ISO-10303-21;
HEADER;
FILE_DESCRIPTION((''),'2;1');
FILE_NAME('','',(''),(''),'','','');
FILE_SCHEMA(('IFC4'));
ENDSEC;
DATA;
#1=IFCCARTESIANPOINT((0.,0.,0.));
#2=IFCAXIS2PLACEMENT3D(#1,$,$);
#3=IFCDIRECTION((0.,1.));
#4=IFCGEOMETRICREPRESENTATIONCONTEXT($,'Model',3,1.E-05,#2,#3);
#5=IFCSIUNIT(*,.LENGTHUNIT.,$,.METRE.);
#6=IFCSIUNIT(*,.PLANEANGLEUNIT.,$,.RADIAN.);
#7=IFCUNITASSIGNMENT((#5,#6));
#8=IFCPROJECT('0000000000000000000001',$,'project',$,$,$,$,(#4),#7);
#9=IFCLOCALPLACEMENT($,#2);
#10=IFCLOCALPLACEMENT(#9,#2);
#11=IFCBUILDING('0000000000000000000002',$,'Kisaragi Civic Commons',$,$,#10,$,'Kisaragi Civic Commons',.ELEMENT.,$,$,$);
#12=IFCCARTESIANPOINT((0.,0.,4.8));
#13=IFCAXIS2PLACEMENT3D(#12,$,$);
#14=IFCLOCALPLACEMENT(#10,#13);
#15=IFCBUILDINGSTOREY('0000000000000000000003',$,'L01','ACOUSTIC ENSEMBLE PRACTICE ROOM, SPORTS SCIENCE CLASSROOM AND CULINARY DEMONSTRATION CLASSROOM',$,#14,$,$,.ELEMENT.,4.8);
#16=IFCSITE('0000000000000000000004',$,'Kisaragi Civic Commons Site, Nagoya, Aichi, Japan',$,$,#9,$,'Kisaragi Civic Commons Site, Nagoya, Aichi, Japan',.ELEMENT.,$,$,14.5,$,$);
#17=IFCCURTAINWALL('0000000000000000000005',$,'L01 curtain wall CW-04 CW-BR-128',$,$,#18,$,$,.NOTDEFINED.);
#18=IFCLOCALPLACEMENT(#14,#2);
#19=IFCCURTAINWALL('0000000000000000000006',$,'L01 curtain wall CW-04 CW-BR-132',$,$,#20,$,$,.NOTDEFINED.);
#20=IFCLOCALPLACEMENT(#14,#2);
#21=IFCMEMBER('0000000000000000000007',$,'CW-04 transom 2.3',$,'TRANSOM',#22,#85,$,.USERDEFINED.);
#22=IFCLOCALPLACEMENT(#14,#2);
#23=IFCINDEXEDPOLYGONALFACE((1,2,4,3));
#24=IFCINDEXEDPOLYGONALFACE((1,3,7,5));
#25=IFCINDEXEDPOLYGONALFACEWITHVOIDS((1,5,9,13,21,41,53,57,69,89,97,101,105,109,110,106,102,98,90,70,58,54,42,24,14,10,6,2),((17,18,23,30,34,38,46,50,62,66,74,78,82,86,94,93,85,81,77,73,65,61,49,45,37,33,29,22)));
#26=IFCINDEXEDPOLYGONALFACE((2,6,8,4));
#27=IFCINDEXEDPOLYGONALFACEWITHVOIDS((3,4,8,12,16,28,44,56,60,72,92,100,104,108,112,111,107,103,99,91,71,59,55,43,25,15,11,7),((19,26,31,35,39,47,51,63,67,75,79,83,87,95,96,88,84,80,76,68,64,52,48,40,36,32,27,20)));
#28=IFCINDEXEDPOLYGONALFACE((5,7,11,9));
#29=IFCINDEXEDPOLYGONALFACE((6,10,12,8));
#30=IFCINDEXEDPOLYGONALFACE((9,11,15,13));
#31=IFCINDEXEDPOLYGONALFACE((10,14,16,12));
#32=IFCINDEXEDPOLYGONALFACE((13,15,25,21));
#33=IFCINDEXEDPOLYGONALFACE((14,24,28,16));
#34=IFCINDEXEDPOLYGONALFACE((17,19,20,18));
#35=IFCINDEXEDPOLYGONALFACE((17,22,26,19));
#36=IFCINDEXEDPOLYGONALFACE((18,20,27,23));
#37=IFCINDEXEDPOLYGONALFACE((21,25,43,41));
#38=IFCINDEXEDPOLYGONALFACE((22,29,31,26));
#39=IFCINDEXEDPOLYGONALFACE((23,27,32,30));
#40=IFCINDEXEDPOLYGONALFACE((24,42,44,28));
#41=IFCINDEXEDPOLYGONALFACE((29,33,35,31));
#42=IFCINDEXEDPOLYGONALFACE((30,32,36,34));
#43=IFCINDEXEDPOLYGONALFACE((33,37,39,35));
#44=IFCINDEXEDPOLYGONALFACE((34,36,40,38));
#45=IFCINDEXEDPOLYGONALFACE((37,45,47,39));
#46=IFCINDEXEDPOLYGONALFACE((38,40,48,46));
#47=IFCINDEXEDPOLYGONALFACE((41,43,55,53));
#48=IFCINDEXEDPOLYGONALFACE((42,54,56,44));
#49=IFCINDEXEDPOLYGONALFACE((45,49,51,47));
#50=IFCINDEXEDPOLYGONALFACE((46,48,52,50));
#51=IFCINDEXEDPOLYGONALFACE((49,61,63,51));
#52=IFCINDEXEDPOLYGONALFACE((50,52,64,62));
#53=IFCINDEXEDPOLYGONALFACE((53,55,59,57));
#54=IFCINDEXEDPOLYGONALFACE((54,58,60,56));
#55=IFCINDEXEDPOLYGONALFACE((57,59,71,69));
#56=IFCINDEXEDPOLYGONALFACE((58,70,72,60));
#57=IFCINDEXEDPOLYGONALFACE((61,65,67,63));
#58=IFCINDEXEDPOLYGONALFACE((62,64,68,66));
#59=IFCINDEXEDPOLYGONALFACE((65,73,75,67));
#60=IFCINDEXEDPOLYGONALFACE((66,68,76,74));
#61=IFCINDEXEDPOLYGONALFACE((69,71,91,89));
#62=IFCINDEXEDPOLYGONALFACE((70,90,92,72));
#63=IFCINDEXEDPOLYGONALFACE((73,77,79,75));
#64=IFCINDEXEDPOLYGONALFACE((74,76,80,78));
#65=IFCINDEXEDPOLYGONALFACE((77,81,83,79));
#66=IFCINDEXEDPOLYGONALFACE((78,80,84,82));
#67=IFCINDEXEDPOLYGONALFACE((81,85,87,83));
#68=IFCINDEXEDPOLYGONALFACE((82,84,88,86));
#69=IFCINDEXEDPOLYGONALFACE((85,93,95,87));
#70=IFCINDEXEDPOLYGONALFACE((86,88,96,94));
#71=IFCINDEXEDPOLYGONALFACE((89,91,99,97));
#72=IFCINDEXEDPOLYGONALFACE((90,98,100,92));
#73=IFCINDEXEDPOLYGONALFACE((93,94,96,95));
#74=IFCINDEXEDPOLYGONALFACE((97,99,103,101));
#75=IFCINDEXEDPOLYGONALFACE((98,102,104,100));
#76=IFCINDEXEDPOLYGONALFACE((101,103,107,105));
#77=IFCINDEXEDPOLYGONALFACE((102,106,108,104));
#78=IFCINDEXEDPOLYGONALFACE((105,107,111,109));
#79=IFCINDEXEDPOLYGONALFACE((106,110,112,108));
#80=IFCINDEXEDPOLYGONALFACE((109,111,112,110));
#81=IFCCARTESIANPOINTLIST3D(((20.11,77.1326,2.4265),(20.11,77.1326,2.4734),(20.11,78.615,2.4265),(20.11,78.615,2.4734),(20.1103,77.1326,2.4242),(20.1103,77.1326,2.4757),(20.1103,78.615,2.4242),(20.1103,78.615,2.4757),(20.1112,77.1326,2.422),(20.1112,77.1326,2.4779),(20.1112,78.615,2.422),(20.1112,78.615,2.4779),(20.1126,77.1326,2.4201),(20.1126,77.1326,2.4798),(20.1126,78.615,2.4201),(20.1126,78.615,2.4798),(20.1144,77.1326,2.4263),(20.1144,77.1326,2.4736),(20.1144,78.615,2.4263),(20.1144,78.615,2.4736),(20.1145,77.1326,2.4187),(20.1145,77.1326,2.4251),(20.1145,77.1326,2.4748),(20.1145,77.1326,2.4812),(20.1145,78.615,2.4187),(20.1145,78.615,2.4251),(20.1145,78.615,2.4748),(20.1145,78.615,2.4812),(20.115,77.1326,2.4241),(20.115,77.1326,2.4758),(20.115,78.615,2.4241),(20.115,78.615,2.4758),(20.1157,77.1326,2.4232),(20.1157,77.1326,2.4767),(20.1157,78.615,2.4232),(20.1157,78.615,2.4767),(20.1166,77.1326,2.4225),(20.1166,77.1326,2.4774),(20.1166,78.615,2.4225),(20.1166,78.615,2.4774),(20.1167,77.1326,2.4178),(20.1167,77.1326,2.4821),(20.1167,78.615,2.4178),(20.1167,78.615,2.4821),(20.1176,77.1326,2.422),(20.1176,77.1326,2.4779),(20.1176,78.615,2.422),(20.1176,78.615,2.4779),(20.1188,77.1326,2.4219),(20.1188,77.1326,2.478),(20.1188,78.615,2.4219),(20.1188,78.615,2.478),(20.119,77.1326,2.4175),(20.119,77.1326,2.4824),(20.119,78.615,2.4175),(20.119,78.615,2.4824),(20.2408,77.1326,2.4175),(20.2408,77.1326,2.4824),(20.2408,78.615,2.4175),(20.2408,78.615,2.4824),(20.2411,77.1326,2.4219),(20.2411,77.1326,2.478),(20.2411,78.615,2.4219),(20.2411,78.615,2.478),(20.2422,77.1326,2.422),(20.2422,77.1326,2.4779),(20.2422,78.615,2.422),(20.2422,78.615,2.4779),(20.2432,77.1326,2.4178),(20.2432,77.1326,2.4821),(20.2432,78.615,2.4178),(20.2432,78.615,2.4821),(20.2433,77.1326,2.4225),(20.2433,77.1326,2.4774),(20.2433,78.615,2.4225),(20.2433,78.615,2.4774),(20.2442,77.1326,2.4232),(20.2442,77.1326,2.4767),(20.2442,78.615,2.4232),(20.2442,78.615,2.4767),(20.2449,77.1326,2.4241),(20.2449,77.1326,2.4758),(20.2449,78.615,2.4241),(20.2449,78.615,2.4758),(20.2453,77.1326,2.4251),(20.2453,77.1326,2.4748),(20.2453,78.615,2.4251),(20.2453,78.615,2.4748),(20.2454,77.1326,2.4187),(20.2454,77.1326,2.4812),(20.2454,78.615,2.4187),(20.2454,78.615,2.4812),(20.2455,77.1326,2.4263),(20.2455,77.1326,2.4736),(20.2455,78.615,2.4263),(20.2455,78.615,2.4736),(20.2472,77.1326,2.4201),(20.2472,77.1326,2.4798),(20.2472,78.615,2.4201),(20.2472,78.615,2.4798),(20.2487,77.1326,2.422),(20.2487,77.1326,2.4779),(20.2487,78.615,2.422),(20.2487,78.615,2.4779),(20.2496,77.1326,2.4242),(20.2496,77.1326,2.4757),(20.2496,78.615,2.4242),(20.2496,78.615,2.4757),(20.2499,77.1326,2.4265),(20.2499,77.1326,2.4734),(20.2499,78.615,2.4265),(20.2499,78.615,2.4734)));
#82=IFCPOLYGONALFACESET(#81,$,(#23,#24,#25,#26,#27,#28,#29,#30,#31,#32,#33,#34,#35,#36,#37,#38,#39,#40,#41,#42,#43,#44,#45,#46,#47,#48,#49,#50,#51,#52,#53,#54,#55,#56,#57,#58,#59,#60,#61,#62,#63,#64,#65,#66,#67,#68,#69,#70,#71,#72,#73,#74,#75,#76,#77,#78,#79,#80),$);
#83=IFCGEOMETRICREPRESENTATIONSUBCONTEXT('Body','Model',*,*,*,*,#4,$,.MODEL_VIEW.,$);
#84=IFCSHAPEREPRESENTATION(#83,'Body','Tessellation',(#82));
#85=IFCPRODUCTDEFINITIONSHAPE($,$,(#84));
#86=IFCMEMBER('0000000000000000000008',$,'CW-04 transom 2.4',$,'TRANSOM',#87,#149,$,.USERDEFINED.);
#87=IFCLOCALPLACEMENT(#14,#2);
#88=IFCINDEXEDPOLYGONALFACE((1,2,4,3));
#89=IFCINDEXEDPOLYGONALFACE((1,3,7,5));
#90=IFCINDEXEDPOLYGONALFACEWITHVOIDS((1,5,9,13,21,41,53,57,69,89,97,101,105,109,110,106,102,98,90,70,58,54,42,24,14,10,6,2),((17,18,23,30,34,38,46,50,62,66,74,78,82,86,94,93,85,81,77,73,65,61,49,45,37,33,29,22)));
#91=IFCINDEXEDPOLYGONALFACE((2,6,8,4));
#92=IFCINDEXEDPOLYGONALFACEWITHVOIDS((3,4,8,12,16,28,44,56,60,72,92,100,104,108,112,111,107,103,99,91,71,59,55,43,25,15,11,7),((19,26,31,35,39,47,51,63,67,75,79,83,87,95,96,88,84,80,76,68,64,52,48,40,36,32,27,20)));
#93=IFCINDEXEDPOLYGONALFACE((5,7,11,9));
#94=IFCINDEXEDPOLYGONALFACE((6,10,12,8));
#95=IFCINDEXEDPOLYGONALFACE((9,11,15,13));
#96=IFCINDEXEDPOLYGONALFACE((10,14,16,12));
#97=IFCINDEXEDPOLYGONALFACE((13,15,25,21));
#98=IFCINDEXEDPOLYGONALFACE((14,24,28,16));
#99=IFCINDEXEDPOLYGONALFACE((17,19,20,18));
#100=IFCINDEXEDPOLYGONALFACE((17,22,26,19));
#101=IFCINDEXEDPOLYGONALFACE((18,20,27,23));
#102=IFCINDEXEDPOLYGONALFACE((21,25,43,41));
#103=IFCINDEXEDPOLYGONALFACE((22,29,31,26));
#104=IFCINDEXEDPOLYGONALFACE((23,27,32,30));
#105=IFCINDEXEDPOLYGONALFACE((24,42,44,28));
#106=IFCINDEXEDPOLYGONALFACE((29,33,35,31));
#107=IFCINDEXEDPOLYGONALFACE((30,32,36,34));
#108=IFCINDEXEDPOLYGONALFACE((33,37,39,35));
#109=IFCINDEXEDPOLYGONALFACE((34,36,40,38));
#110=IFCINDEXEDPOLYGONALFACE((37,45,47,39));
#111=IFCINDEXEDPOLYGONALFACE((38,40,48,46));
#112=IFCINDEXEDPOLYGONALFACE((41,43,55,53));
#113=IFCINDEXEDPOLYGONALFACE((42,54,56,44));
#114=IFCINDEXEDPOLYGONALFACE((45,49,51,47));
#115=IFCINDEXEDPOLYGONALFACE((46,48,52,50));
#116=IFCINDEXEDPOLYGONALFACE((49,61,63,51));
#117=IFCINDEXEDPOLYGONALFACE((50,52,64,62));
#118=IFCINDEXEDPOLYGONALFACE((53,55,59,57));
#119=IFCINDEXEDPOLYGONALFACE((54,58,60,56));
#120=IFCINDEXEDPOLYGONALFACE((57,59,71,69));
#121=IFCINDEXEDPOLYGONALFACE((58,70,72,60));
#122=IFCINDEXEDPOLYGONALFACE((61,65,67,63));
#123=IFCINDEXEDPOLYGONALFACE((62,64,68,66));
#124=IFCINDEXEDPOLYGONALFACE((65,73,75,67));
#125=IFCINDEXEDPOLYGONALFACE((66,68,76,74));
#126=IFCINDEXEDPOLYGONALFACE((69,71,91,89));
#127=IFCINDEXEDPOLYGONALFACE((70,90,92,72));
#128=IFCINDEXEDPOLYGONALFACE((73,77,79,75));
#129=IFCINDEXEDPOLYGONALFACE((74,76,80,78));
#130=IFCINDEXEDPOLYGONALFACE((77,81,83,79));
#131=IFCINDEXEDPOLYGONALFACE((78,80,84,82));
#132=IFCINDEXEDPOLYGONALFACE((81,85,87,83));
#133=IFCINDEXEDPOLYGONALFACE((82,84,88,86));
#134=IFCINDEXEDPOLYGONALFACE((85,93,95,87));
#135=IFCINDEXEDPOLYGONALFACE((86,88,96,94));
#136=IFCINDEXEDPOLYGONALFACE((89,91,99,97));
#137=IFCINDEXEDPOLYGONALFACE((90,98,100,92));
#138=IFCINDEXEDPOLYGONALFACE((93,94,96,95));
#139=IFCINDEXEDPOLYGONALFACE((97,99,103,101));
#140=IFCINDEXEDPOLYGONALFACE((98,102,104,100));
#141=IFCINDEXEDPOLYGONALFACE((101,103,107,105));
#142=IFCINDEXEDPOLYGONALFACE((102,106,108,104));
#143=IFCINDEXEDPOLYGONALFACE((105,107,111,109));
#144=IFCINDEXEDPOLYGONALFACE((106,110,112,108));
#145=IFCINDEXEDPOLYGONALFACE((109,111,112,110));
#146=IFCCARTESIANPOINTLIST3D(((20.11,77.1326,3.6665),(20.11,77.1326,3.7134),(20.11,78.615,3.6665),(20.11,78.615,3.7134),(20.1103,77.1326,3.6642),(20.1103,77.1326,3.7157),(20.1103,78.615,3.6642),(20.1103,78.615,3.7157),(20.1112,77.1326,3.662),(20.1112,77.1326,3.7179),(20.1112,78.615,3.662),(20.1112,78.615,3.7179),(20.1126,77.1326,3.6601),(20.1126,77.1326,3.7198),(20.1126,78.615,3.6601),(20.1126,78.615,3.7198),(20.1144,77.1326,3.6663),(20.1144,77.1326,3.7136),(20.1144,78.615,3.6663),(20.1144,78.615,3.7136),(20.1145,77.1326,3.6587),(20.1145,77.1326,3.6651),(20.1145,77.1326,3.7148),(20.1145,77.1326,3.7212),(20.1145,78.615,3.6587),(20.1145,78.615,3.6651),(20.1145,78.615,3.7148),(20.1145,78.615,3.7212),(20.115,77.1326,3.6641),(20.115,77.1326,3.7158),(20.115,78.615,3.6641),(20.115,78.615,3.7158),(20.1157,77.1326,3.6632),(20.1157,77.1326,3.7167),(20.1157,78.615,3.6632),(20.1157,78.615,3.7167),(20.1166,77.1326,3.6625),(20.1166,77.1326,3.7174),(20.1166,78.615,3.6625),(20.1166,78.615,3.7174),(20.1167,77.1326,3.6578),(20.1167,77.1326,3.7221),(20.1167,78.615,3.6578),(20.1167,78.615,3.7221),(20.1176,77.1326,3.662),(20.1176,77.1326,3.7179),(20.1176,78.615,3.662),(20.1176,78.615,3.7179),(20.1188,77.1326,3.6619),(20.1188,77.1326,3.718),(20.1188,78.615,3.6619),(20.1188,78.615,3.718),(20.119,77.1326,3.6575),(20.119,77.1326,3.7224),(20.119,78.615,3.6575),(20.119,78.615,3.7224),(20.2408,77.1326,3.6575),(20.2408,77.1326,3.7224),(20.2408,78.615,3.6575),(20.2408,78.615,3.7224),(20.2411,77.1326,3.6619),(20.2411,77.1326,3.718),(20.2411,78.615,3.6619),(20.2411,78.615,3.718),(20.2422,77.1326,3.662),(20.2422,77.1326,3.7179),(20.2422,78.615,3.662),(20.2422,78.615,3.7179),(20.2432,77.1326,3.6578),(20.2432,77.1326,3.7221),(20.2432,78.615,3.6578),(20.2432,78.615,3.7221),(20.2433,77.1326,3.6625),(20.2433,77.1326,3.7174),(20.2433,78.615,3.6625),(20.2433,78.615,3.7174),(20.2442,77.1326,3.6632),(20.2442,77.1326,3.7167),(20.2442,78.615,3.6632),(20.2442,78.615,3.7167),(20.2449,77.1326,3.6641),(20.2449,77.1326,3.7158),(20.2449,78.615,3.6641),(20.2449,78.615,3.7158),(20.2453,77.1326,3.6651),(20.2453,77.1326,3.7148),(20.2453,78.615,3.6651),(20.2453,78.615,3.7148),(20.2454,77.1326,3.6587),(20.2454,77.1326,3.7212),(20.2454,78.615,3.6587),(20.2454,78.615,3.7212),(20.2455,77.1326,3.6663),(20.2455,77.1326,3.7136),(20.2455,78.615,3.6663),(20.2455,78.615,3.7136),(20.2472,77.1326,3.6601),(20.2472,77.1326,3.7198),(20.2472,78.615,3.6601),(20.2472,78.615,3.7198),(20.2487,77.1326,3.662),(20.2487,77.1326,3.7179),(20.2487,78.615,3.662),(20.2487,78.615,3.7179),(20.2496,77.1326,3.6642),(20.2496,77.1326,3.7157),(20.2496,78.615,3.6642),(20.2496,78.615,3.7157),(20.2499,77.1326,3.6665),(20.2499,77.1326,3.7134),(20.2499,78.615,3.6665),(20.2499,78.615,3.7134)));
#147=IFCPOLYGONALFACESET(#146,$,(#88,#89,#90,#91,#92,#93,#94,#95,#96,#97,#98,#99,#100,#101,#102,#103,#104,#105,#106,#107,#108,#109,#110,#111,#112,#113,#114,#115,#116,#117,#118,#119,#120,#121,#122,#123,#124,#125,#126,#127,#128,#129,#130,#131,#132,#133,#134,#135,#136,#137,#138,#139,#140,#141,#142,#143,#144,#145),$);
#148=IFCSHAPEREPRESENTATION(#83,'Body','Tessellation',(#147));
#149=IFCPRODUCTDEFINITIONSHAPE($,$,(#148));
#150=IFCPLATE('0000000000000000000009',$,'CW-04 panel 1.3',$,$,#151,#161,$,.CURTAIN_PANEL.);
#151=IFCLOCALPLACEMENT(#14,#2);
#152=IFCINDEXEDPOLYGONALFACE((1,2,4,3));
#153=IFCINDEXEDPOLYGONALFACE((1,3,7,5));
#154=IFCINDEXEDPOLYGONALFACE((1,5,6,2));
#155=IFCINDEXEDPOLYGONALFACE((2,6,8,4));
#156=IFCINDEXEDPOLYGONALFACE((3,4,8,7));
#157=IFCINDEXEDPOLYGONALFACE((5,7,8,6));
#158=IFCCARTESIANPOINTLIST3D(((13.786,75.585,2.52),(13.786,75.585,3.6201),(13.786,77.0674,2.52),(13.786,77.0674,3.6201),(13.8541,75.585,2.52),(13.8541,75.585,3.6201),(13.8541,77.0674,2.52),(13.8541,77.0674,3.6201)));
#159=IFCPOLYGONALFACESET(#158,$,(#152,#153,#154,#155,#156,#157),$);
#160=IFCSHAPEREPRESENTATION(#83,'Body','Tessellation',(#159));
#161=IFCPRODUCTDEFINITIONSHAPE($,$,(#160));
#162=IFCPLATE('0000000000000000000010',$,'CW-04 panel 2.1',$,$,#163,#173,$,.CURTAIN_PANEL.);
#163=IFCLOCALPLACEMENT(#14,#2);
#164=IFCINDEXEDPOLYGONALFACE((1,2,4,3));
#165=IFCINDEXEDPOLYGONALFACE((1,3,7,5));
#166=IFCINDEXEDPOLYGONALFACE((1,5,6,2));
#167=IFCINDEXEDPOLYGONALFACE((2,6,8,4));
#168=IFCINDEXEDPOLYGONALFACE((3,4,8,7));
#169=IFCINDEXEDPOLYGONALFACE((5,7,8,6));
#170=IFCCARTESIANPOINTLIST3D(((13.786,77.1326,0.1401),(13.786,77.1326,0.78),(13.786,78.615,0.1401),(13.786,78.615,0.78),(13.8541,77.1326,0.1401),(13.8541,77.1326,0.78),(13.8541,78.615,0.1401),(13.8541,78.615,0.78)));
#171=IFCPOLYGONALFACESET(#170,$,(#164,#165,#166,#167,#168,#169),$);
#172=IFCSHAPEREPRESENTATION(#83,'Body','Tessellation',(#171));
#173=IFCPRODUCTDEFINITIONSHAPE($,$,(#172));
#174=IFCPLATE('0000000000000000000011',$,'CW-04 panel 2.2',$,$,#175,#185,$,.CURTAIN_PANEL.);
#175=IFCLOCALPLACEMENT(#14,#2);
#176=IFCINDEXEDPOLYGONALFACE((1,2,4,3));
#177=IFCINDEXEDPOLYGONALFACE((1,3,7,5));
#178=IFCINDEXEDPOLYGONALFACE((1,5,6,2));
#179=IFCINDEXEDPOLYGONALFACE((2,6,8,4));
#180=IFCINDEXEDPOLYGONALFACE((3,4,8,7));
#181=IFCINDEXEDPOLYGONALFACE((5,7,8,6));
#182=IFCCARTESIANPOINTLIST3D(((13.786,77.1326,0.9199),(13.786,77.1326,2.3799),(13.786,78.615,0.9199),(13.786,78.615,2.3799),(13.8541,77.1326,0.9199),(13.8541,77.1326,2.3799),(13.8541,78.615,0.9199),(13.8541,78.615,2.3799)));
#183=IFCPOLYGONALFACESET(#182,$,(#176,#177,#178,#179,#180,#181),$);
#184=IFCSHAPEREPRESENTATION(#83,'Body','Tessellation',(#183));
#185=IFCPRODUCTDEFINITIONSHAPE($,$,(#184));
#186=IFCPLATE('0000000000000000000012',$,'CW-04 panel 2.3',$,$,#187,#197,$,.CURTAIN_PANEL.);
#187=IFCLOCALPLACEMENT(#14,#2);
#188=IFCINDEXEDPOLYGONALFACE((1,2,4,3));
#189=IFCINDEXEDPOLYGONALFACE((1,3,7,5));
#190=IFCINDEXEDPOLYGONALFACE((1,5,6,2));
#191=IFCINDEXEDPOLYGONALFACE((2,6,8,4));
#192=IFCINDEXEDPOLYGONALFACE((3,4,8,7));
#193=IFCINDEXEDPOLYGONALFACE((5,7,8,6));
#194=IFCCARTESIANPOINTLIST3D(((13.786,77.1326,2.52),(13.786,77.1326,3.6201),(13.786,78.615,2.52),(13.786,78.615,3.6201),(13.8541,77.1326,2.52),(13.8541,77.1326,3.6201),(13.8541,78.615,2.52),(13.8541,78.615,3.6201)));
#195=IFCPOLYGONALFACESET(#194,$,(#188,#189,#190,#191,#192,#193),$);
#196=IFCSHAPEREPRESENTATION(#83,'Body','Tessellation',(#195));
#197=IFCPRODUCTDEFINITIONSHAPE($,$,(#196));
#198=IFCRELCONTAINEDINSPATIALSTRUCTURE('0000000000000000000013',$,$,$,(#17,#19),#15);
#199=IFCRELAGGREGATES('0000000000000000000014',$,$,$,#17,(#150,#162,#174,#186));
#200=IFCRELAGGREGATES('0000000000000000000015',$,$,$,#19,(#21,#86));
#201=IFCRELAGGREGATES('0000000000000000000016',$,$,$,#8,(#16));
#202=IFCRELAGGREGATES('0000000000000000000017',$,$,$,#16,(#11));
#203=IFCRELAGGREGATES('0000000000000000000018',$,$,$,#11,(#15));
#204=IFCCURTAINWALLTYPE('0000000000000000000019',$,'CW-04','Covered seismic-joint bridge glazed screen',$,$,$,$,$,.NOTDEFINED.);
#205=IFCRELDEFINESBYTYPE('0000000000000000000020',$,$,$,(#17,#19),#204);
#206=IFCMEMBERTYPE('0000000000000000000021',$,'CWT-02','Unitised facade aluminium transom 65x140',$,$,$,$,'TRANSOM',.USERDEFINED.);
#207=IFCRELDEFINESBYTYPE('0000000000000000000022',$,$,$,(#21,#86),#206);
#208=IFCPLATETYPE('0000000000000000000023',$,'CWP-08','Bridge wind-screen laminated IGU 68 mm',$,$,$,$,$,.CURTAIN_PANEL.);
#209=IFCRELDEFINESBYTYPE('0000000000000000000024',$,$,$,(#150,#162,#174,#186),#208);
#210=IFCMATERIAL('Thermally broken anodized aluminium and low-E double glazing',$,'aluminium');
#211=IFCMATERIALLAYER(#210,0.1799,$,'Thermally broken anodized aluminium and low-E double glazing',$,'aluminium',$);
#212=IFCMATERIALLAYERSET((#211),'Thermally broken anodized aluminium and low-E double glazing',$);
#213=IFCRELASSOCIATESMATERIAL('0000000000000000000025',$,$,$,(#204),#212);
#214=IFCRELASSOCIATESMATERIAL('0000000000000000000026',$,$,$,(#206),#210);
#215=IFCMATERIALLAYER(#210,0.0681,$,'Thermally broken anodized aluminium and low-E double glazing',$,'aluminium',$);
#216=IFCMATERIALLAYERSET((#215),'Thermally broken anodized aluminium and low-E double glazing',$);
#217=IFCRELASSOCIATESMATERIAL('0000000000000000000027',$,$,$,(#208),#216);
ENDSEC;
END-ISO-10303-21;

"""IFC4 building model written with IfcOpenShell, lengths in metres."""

from ifc_helpers import new_model, si_unit, direction, frame, origin, origin_2d, place, context, subcontext, project, spatial, rectangle, hollow_rectangle, extrude, material, layer, layer_set, material_profile, profile_set, type_object, element, aggregate, save


model = new_model("IFC4")

# Units and contexts
model_context = context("Model", 3, precision=1e-05, world=origin(), true_north=direction((0.0, 1.0)))
body_context = subcontext(model_context, "Body", "Model", "MODEL_VIEW")
ifc_project = project(units=[si_unit("LENGTHUNIT", "METRE"), si_unit("PLANEANGLEUNIT", "RADIAN")], contexts=[model_context])

# Site, building, storey
site_placement = place(None, origin())
site = spatial("IfcSite", under=ifc_project, at=site_placement, Name="Kisaragi Civic Commons Site, Nagoya, Aichi, Japan", LongName="Kisaragi Civic Commons Site, Nagoya, Aichi, Japan", CompositionType="ELEMENT", RefElevation=14.5)
building_placement = place(site_placement, origin())
building = spatial("IfcBuilding", under=site, at=building_placement, Name="Kisaragi Civic Commons", LongName="Kisaragi Civic Commons", CompositionType="ELEMENT")
storey_placement = place(building_placement, frame((0.0, 0.0, 4.8)))
storey = spatial("IfcBuildingStorey", under=building, at=storey_placement, Name="L01", Description="ACOUSTIC ENSEMBLE PRACTICE ROOM, SPORTS SCIENCE CLASSROOM AND CULINARY DEMONSTRATION CLASSROOM", CompositionType="ELEMENT", Elevation=4.8)

# Curtain walls
ifc_material_1 = material(Name="Thermally broken anodized aluminium and low-E double glazing", Category="aluminium")
ifc_layer_1 = layer(ifc_material_1, 0.1799, Name="Thermally broken anodized aluminium and low-E double glazing", Category="aluminium")
ifc_layer_set_1 = layer_set([ifc_layer_1], Name="Thermally broken anodized aluminium and low-E double glazing")
curtain_wall_type = type_object("IfcCurtainWallType", Name="CW-04", Description="Covered seismic-joint bridge glazed screen", PredefinedType="NOTDEFINED", material=ifc_layer_set_1)
curtain_wall_1_placement = place(storey_placement, origin())
curtain_wall_1 = element("IfcCurtainWall", 1, at=curtain_wall_1_placement, inside=storey, type_object=curtain_wall_type, Name="L01 curtain wall CW-04 CW-BR-128", PredefinedType="NOTDEFINED")
curtain_wall_2_placement = place(storey_placement, origin())
curtain_wall_2 = element("IfcCurtainWall", 2, at=curtain_wall_2_placement, inside=storey, type_object=curtain_wall_type, Name="L01 curtain wall CW-04 CW-BR-132", PredefinedType="NOTDEFINED")

# Members
ifc_material_profile_1 = material_profile(ifc_material_1, hollow_rectangle(XDim=0.1399, YDim=0.0649, WallThickness=0.0044, InnerFilletRadius=0.0044, OuterFilletRadius=0.009, at=origin_2d()), Name="CWT-65x140x4.5", Category="aluminium")
ifc_profile_set_1 = profile_set([ifc_material_profile_1], Name="Thermally broken anodized aluminium and low-E double glazing")
member_type_1 = type_object("IfcMemberType", Name="CWT-02", Description="Unitised facade aluminium transom 65x140", ElementType="TRANSOM", PredefinedType="USERDEFINED", material=ifc_profile_set_1)
member_1_placement = place(storey_placement, frame((20.1799, 77.1326, 2.45), z_axis=(0.0, 1.0, 0.0), x_axis=(-1.0, 0.0, 0.0)))
member_1 = element("IfcMember", 3, at=member_1_placement, type_object=member_type_1, Name="CW-04 transom 2.3", ObjectType="TRANSOM", PredefinedType="USERDEFINED", context=body_context, shape_type="SweptSolid", body=[
    extrude(hollow_rectangle(XDim=0.1399, YDim=0.0649, WallThickness=0.0044, InnerFilletRadius=0.0044, OuterFilletRadius=0.009, at=origin_2d()), origin(), (0.0, 0.0, 1.0), 1.4824),
])
member_2_placement = place(storey_placement, frame((20.1799, 77.1326, 3.6899), z_axis=(0.0, 1.0, 0.0), x_axis=(-1.0, 0.0, 0.0)))
member_2 = element("IfcMember", 4, at=member_2_placement, type_object=member_type_1, Name="CW-04 transom 2.4", ObjectType="TRANSOM", PredefinedType="USERDEFINED", context=body_context, shape_type="SweptSolid", body=[
    extrude(hollow_rectangle(XDim=0.1399, YDim=0.0649, WallThickness=0.0044, InnerFilletRadius=0.0044, OuterFilletRadius=0.009, at=origin_2d()), origin(), (0.0, 0.0, 1.0), 1.4824),
])

# Plates
ifc_layer_2 = layer(ifc_material_1, 0.0681, Name="Thermally broken anodized aluminium and low-E double glazing", Category="aluminium")
ifc_layer_set_2 = layer_set([ifc_layer_2], Name="Thermally broken anodized aluminium and low-E double glazing")
plate_type = type_object("IfcPlateType", Name="CWP-08", Description="Bridge wind-screen laminated IGU 68 mm", PredefinedType="CURTAIN_PANEL", material=ifc_layer_set_2)
plate_1_placement = place(storey_placement, frame((13.8201, 76.3262, 2.52), z_axis=(0.0, 0.0, 1.0), x_axis=(0.0, 1.0, 0.0)))
plate_1 = element("IfcPlate", 5, at=plate_1_placement, type_object=plate_type, Name="CW-04 panel 1.3", PredefinedType="CURTAIN_PANEL", context=body_context, shape_type="SweptSolid", body=[
    extrude(rectangle(XDim=1.4824, YDim=0.0681, at=origin_2d()), origin(), (0.0, 0.0, 1.0), 1.1001),
])
plate_2_placement = place(storey_placement, frame((13.8201, 77.8738, 0.1401), z_axis=(0.0, 0.0, 1.0), x_axis=(0.0, 1.0, 0.0)))
plate_2 = element("IfcPlate", 6, at=plate_2_placement, type_object=plate_type, Name="CW-04 panel 2.1", PredefinedType="CURTAIN_PANEL", context=body_context, shape_type="SweptSolid", body=[
    extrude(rectangle(XDim=1.4824, YDim=0.0681, at=origin_2d()), origin(), (0.0, 0.0, 1.0), 0.6399),
])
plate_3_placement = place(storey_placement, frame((13.8201, 77.8738, 0.9199), z_axis=(0.0, 0.0, 1.0), x_axis=(0.0, 1.0, 0.0)))
plate_3 = element("IfcPlate", 7, at=plate_3_placement, type_object=plate_type, Name="CW-04 panel 2.2", PredefinedType="CURTAIN_PANEL", context=body_context, shape_type="SweptSolid", body=[
    extrude(rectangle(XDim=1.4824, YDim=0.0681, at=origin_2d()), origin(), (0.0, 0.0, 1.0), 1.46),
])
plate_4_placement = place(storey_placement, frame((13.8201, 77.8738, 2.52), z_axis=(0.0, 0.0, 1.0), x_axis=(0.0, 1.0, 0.0)))
plate_4 = element("IfcPlate", 8, at=plate_4_placement, type_object=plate_type, Name="CW-04 panel 2.3", PredefinedType="CURTAIN_PANEL", context=body_context, shape_type="SweptSolid", body=[
    extrude(rectangle(XDim=1.4824, YDim=0.0681, at=origin_2d()), origin(), (0.0, 0.0, 1.0), 1.1001),
])
aggregate(curtain_wall_1, [plate_1, plate_2, plate_3, plate_4])
aggregate(curtain_wall_2, [member_1, member_2])

save(model, "model.ifc")
